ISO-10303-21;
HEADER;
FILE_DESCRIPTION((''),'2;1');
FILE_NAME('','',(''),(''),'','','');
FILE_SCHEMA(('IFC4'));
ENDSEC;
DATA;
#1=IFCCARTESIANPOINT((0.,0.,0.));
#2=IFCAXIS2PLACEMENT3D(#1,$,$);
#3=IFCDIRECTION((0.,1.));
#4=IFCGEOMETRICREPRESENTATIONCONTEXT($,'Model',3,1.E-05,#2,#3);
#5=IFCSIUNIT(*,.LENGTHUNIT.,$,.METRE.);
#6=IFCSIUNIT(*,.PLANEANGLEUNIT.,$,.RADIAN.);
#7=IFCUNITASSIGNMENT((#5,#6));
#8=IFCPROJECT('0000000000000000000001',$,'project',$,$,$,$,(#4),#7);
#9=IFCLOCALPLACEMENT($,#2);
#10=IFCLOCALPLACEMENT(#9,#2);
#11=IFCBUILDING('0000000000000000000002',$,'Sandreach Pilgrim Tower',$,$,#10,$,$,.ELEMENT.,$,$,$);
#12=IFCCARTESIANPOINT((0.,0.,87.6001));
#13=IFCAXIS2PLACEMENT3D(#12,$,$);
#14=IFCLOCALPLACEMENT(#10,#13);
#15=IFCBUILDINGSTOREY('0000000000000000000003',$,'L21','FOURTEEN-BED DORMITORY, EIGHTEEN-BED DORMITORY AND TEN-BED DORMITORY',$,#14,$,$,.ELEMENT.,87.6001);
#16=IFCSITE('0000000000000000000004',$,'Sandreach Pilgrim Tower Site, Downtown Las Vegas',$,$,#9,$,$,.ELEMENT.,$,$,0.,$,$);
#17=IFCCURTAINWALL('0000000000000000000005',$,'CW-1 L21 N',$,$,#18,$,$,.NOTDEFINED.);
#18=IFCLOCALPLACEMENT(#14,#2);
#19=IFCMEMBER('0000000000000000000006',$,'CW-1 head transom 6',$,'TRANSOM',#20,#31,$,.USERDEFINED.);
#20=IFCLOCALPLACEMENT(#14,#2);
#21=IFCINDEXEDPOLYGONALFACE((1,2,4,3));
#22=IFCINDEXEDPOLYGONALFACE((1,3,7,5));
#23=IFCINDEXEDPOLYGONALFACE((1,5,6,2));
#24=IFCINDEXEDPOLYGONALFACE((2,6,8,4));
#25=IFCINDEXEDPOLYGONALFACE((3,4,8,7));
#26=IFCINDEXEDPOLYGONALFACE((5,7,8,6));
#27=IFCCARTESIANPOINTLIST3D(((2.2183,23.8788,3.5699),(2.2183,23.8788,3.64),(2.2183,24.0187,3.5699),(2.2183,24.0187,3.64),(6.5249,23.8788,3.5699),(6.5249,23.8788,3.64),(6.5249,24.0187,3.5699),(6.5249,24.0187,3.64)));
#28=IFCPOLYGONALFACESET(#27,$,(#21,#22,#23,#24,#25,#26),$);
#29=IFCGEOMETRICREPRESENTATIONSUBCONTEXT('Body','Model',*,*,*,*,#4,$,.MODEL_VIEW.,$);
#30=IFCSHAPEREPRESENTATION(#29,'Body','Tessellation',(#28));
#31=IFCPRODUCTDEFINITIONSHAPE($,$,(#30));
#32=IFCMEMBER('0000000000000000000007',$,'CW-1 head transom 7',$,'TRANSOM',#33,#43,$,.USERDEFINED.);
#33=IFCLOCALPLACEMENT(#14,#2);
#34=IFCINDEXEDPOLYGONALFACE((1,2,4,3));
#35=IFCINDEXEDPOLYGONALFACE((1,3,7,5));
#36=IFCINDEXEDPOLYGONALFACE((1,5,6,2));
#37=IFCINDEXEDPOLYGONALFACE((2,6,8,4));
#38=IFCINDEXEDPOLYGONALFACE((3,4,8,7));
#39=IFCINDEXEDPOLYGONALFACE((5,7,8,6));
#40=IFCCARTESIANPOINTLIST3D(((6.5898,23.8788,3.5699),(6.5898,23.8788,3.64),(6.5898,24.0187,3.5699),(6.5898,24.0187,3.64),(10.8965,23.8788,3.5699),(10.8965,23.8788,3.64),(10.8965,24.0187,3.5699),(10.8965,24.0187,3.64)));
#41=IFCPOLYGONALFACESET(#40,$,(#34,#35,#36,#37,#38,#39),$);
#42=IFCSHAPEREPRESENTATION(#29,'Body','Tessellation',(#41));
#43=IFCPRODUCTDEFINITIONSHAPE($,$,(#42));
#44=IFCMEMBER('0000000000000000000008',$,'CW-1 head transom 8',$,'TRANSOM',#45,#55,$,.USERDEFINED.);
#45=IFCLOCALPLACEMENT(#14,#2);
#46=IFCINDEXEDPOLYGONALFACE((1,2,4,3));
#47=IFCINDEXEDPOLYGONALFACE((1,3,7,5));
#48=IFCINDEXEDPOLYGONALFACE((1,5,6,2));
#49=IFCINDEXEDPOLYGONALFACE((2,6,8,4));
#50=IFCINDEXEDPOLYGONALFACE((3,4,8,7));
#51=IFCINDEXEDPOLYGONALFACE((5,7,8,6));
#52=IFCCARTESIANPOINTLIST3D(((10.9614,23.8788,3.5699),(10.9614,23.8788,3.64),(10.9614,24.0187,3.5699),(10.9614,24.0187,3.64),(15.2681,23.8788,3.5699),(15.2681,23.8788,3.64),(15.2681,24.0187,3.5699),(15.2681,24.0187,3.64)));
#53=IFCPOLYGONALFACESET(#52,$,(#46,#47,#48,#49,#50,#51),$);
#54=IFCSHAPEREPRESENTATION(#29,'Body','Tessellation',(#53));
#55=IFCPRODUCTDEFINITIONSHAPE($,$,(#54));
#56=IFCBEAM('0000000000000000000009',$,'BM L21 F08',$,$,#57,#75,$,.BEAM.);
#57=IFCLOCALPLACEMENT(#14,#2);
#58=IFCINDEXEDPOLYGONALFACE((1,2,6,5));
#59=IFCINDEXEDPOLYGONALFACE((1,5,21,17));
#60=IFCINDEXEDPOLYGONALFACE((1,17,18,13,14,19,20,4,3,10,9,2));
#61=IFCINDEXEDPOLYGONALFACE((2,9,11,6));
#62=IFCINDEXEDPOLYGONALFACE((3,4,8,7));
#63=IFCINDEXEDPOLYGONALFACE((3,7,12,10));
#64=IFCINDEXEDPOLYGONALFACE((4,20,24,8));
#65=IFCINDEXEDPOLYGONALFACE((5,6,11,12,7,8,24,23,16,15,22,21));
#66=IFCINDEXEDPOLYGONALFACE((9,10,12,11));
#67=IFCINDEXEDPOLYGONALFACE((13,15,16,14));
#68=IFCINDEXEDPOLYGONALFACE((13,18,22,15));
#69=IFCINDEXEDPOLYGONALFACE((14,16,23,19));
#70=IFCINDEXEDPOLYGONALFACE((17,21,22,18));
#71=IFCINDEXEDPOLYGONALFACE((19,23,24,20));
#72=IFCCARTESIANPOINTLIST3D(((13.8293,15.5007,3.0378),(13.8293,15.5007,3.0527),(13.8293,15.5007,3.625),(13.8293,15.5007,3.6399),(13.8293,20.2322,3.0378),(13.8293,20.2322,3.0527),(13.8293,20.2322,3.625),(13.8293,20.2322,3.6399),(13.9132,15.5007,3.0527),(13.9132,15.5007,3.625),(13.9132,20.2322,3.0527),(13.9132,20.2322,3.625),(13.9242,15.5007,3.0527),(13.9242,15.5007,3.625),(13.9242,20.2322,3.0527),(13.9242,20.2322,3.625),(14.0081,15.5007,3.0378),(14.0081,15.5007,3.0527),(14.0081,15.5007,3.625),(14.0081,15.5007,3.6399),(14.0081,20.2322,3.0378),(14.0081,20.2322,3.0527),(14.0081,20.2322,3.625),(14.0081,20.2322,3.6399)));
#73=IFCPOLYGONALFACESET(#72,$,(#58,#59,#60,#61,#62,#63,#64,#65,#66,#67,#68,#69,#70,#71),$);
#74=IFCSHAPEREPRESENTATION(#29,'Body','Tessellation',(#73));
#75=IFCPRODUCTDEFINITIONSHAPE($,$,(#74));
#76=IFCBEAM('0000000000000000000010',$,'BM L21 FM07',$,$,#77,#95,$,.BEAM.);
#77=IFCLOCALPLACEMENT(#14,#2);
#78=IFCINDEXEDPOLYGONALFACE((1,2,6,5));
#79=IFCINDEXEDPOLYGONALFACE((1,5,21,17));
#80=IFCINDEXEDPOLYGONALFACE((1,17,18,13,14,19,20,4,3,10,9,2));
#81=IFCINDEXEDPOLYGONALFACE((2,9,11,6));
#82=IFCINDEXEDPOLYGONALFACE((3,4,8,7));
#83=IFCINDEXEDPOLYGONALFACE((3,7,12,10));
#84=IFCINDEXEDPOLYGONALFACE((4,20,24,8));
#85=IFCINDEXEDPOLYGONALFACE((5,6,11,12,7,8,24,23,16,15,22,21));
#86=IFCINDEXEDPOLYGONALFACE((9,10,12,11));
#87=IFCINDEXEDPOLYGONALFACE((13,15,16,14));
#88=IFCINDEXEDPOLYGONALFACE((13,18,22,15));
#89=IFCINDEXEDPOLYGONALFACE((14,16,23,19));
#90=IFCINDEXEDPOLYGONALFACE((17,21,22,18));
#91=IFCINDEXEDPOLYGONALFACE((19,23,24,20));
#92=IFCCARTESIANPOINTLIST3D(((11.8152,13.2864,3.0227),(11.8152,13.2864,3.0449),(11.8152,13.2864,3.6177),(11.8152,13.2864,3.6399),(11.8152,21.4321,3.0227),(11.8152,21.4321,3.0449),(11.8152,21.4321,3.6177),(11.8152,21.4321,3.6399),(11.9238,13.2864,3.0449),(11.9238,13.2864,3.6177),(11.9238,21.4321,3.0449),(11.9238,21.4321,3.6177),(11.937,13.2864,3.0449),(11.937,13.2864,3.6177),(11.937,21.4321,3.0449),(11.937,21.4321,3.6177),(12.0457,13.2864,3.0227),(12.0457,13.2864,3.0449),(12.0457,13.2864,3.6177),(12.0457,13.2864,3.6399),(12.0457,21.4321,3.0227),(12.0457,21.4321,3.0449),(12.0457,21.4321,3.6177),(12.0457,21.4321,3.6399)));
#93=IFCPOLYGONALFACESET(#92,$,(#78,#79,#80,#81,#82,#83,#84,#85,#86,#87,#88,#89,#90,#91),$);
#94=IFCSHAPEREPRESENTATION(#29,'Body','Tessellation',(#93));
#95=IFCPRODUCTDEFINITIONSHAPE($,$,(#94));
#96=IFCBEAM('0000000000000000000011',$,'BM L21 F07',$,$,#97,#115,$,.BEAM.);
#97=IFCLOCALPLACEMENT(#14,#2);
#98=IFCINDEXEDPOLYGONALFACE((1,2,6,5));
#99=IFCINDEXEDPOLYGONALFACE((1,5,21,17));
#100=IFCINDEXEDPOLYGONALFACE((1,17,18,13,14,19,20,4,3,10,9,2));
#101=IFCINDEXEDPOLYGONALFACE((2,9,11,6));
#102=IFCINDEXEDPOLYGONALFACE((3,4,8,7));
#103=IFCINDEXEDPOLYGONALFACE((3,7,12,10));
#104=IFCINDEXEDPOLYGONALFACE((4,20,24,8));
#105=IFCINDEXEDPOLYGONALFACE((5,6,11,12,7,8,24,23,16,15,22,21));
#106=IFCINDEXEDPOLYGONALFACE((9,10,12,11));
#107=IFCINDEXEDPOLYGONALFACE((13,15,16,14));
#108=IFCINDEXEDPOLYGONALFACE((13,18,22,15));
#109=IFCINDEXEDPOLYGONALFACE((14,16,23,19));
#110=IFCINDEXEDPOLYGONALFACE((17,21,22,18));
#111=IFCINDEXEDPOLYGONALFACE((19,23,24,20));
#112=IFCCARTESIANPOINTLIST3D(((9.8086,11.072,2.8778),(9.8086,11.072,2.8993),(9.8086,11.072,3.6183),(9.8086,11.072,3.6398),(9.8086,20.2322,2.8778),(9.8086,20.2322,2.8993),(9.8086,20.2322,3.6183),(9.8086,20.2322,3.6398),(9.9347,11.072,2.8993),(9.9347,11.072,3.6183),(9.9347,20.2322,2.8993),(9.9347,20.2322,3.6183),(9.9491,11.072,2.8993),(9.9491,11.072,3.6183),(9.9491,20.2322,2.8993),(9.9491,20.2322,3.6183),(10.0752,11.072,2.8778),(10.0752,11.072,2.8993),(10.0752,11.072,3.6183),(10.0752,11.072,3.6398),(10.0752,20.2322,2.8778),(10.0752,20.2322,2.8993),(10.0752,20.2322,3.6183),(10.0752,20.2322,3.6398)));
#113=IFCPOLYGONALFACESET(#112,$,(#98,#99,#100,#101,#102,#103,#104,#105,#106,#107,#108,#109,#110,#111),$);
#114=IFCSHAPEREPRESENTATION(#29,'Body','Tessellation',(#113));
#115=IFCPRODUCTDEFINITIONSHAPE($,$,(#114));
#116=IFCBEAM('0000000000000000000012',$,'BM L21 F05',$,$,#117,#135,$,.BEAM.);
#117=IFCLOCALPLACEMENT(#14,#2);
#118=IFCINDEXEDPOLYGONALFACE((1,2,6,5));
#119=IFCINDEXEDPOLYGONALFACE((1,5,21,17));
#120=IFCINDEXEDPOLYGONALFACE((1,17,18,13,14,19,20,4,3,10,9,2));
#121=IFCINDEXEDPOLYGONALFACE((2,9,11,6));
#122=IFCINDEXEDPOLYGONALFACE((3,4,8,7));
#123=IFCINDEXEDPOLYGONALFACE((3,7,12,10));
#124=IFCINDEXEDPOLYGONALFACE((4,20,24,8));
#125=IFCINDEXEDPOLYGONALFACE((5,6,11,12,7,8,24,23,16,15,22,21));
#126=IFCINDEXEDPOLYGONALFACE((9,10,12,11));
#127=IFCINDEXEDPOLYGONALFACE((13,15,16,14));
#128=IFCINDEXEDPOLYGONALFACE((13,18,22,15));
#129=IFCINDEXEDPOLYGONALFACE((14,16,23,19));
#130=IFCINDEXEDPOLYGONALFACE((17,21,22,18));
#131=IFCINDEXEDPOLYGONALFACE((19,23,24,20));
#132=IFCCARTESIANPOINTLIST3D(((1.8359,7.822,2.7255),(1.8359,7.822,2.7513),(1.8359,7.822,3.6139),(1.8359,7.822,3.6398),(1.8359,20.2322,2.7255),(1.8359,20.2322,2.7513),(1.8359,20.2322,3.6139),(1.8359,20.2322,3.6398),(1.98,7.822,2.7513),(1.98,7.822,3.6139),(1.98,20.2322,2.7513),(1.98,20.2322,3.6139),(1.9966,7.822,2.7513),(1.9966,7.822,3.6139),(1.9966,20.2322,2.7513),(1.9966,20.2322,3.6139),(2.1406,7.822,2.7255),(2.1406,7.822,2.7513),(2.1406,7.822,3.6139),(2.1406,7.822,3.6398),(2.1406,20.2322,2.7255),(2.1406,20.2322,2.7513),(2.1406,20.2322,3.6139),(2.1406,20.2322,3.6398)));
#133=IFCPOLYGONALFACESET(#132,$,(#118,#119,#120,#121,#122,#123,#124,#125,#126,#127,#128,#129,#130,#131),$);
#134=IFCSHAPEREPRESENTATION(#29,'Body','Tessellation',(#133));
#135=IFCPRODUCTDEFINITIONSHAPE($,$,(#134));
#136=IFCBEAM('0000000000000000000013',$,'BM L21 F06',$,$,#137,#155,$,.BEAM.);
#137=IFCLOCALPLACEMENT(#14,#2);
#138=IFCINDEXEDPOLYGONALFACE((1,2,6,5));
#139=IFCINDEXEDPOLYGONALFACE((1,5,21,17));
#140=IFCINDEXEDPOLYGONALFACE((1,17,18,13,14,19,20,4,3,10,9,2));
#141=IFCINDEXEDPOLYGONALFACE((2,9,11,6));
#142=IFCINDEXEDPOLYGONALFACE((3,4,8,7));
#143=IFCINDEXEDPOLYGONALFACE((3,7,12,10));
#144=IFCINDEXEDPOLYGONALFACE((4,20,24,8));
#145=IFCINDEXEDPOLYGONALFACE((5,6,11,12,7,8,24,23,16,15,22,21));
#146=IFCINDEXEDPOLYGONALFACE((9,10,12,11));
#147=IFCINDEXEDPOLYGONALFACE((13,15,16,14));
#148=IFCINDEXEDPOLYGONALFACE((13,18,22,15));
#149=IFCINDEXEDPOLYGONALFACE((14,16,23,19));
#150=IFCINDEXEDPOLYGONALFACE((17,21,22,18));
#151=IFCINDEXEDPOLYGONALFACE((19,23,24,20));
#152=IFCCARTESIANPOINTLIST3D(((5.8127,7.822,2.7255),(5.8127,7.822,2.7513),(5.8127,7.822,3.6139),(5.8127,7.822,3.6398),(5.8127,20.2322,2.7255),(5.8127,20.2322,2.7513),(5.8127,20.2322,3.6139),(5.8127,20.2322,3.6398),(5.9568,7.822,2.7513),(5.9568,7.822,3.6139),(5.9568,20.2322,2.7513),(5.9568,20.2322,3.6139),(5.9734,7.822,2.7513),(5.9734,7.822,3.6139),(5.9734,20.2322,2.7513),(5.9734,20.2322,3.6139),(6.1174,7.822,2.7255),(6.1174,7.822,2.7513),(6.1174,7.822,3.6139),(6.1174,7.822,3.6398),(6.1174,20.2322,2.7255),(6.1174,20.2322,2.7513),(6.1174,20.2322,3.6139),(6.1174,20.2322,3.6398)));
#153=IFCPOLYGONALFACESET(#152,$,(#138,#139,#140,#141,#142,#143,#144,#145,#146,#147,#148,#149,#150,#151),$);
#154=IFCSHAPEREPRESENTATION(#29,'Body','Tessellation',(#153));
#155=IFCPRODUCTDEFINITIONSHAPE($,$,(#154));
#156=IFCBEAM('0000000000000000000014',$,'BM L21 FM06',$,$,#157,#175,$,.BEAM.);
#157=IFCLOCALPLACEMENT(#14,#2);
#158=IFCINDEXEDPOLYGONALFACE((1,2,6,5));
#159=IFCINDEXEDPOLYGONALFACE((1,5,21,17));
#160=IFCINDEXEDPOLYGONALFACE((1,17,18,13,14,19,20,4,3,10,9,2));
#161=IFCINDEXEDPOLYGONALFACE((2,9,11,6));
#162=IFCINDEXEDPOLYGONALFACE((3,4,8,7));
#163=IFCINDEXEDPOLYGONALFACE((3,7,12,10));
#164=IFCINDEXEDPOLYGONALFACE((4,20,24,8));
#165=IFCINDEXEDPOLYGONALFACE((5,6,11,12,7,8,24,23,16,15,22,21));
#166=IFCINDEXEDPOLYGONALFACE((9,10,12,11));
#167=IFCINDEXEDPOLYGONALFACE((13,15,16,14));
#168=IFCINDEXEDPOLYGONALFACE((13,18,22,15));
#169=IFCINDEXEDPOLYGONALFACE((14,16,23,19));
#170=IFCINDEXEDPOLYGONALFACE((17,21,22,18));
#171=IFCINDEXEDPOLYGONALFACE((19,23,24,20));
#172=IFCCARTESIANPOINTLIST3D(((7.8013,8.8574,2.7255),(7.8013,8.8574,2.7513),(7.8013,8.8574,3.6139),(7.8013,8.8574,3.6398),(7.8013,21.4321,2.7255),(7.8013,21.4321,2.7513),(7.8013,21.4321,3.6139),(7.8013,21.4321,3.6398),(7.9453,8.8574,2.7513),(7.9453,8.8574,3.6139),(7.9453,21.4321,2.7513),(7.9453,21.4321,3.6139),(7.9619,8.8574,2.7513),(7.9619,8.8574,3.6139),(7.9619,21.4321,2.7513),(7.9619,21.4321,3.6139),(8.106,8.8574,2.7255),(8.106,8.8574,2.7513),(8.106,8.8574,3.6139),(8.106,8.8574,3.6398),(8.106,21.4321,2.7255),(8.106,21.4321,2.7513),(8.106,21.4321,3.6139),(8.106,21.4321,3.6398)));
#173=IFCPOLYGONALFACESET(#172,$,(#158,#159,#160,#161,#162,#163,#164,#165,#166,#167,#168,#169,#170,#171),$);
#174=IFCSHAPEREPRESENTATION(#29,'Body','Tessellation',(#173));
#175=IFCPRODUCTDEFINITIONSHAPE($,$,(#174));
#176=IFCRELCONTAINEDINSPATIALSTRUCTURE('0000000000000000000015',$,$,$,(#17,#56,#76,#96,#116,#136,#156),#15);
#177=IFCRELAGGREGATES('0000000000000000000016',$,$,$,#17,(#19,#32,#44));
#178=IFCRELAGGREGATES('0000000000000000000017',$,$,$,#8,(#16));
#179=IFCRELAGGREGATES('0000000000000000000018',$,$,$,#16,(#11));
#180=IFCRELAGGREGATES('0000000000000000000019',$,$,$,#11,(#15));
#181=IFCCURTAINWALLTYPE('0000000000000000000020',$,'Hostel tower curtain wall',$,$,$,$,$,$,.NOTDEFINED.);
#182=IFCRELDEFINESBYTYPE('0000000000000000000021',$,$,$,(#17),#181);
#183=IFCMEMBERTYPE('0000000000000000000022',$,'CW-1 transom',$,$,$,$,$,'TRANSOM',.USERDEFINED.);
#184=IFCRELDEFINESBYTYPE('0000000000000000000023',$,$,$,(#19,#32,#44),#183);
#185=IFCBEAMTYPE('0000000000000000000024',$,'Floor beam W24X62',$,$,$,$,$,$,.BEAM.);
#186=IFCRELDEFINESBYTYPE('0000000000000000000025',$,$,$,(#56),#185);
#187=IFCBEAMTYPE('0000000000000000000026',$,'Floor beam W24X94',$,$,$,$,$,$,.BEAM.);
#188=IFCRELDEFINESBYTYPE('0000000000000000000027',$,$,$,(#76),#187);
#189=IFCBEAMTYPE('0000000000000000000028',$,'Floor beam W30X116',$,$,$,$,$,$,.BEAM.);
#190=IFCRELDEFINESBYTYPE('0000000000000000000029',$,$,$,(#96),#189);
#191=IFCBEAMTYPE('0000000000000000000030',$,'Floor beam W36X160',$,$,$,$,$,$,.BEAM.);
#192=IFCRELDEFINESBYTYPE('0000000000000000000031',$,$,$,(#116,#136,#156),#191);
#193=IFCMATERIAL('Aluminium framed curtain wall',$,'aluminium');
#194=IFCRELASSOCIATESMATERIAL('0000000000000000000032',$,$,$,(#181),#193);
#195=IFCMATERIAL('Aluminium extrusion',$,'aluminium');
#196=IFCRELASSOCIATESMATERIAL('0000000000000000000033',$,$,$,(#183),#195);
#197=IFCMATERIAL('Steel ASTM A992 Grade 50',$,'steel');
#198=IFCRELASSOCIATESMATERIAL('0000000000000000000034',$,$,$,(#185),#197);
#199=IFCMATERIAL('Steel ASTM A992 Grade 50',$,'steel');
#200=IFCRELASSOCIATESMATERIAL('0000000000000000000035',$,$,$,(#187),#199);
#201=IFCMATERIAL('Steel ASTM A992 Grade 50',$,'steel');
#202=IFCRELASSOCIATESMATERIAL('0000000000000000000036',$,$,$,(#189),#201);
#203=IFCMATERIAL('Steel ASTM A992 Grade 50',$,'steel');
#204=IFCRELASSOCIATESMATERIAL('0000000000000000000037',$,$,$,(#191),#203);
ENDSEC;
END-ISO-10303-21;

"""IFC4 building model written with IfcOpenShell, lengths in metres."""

from ifc_helpers import new_model, si_unit, direction, frame, origin, origin_2d, place, context, subcontext, project, spatial, rectangle, i_section, extrude, material, material_profile, profile_set, type_object, element, aggregate, save


model = new_model("IFC4")

# Units and contexts
model_context = context("Model", 3, precision=1e-05, world=origin(), true_north=direction((0.0, 1.0)))
body_context = subcontext(model_context, "Body", "Model", "MODEL_VIEW")
ifc_project = project(units=[si_unit("LENGTHUNIT", "METRE"), si_unit("PLANEANGLEUNIT", "RADIAN")], contexts=[model_context])

# Site, building, storey
site_placement = place(None, origin())
site = spatial("IfcSite", under=ifc_project, at=site_placement, Name="Sandreach Pilgrim Tower Site, Downtown Las Vegas", CompositionType="ELEMENT", RefElevation=0.0)
building_placement = place(site_placement, origin())
building = spatial("IfcBuilding", under=site, at=building_placement, Name="Sandreach Pilgrim Tower", CompositionType="ELEMENT")
storey_placement = place(building_placement, frame((0.0, 0.0, 87.6001)))
storey = spatial("IfcBuildingStorey", under=building, at=storey_placement, Name="L21", Description="FOURTEEN-BED DORMITORY, EIGHTEEN-BED DORMITORY AND TEN-BED DORMITORY", CompositionType="ELEMENT", Elevation=87.6001)

# Curtain wall, members
ifc_material_1 = material(Name="Aluminium framed curtain wall", Category="aluminium")
curtain_wall_type = type_object("IfcCurtainWallType", Name="Hostel tower curtain wall", PredefinedType="NOTDEFINED", material=ifc_material_1)
curtain_wall_placement = place(storey_placement, origin())
curtain_wall = element("IfcCurtainWall", 1, at=curtain_wall_placement, inside=storey, type_object=curtain_wall_type, Name="CW-1 L21 N", PredefinedType="NOTDEFINED")
ifc_material_2 = material(Name="Aluminium extrusion", Category="aluminium")
ifc_material_profile_1 = material_profile(ifc_material_2, rectangle(XDim=0.1399, YDim=0.0701, at=origin_2d()), Name="CW-1T 140X70")
ifc_profile_set_1 = profile_set([ifc_material_profile_1], Name="Aluminium extrusion")
member_type_1 = type_object("IfcMemberType", Name="CW-1 transom", ElementType="TRANSOM", PredefinedType="USERDEFINED", material=ifc_profile_set_1)
member_1_placement = place(storey_placement, frame((2.2183, 23.9487, 3.605), z_axis=(1.0, 0.0, 0.0), x_axis=(0.0, 1.0, 0.0)))
member_1 = element("IfcMember", 2, at=member_1_placement, type_object=member_type_1, Name="CW-1 head transom 6", ObjectType="TRANSOM", PredefinedType="USERDEFINED", context=body_context, shape_type="SweptSolid", body=[
    extrude(rectangle(XDim=0.1399, YDim=0.0701, at=origin_2d()), origin(), (0.0, 0.0, 1.0), 4.3066),
])
member_2_placement = place(storey_placement, frame((6.5898, 23.9487, 3.605), z_axis=(1.0, 0.0, 0.0), x_axis=(0.0, 1.0, 0.0)))
member_2 = element("IfcMember", 3, at=member_2_placement, type_object=member_type_1, Name="CW-1 head transom 7", ObjectType="TRANSOM", PredefinedType="USERDEFINED", context=body_context, shape_type="SweptSolid", body=[
    extrude(rectangle(XDim=0.1399, YDim=0.0701, at=origin_2d()), origin(), (0.0, 0.0, 1.0), 4.3066),
])
member_3_placement = place(storey_placement, frame((10.9614, 23.9487, 3.605), z_axis=(1.0, 0.0, 0.0), x_axis=(0.0, 1.0, 0.0)))
member_3 = element("IfcMember", 4, at=member_3_placement, type_object=member_type_1, Name="CW-1 head transom 8", ObjectType="TRANSOM", PredefinedType="USERDEFINED", context=body_context, shape_type="SweptSolid", body=[
    extrude(rectangle(XDim=0.1399, YDim=0.0701, at=origin_2d()), origin(), (0.0, 0.0, 1.0), 4.3066),
])

# Beams
ifc_material_3 = material(Name="Steel ASTM A992 Grade 50", Category="steel")
ifc_material_profile_2 = material_profile(ifc_material_3, i_section(OverallWidth=0.1787, OverallDepth=0.6021, WebThickness=0.011, FlangeThickness=0.0149, at=origin_2d()), Name="W24X62")
ifc_profile_set_2 = profile_set([ifc_material_profile_2], Name="Steel ASTM A992 Grade 50")
beam_type_1 = type_object("IfcBeamType", Name="Floor beam W24X62", PredefinedType="BEAM", material=ifc_profile_set_2)
beam_1_placement = place(storey_placement, frame((13.9187, 20.2322, 3.3389), z_axis=(0.0, -1.0, 0.0), x_axis=(1.0, 0.0, 0.0)))
element("IfcBeam", 5, at=beam_1_placement, inside=storey, type_object=beam_type_1, Name="BM L21 F08", PredefinedType="BEAM", context=body_context, shape_type="SweptSolid", body=[
    extrude(i_section(OverallWidth=0.1787, OverallDepth=0.6021, WebThickness=0.011, FlangeThickness=0.0149, at=origin_2d()), origin(), (0.0, 0.0, 1.0), 4.7314),
])
ifc_material_4 = material(Name="Steel ASTM A992 Grade 50", Category="steel")
ifc_material_profile_3 = material_profile(ifc_material_4, i_section(OverallWidth=0.2305, OverallDepth=0.6172, WebThickness=0.0132, FlangeThickness=0.0222, at=origin_2d()), Name="W24X94")
ifc_profile_set_3 = profile_set([ifc_material_profile_3], Name="Steel ASTM A992 Grade 50")
beam_type_2 = type_object("IfcBeamType", Name="Floor beam W24X94", PredefinedType="BEAM", material=ifc_profile_set_3)
beam_2_placement = place(storey_placement, frame((11.9304, 21.4321, 3.3313), z_axis=(0.0, -1.0, 0.0), x_axis=(1.0, 0.0, 0.0)))
element("IfcBeam", 6, at=beam_2_placement, inside=storey, type_object=beam_type_2, Name="BM L21 FM07", PredefinedType="BEAM", context=body_context, shape_type="SweptSolid", body=[
    extrude(i_section(OverallWidth=0.2305, OverallDepth=0.6172, WebThickness=0.0132, FlangeThickness=0.0222, at=origin_2d()), origin(), (0.0, 0.0, 1.0), 8.1458),
])
ifc_material_5 = material(Name="Steel ASTM A992 Grade 50", Category="steel")
ifc_material_profile_4 = material_profile(ifc_material_5, i_section(OverallWidth=0.2666, OverallDepth=0.762, WebThickness=0.0144, FlangeThickness=0.0215, at=origin_2d()), Name="W30X116")
ifc_profile_set_4 = profile_set([ifc_material_profile_4], Name="Steel ASTM A992 Grade 50")
beam_type_3 = type_object("IfcBeamType", Name="Floor beam W30X116", PredefinedType="BEAM", material=ifc_profile_set_4)
beam_3_placement = place(storey_placement, frame((9.9419, 20.2322, 3.2588), z_axis=(0.0, -1.0, 0.0), x_axis=(1.0, 0.0, 0.0)))
element("IfcBeam", 7, at=beam_3_placement, inside=storey, type_object=beam_type_3, Name="BM L21 F07", PredefinedType="BEAM", context=body_context, shape_type="SweptSolid", body=[
    extrude(i_section(OverallWidth=0.2666, OverallDepth=0.762, WebThickness=0.0144, FlangeThickness=0.0215, at=origin_2d()), origin(), (0.0, 0.0, 1.0), 9.1602),
])
ifc_material_6 = material(Name="Steel ASTM A992 Grade 50", Category="steel")
ifc_material_profile_5 = material_profile(ifc_material_6, i_section(OverallWidth=0.3047, OverallDepth=0.9143, WebThickness=0.0166, FlangeThickness=0.0259, at=origin_2d()), Name="W36X160")
ifc_profile_set_5 = profile_set([ifc_material_profile_5], Name="Steel ASTM A992 Grade 50")
beam_type_4 = type_object("IfcBeamType", Name="Floor beam W36X160", PredefinedType="BEAM", material=ifc_profile_set_5)
for number, where, z_axis, x_axis, name in (
    (8, (1.9883, 20.2322, 3.1826), (0.0, -1.0, 0.0), (1.0, 0.0, 0.0), "BM L21 F05"),
    (9, (5.9651, 20.2322, 3.1826), (0.0, -1.0, 0.0), (1.0, 0.0, 0.0), "BM L21 F06"),
):
    element("IfcBeam", number, at=place(storey_placement, frame(where, z_axis=z_axis, x_axis=x_axis)), inside=storey, type_object=beam_type_4, Name=name, PredefinedType="BEAM", context=body_context, shape_type="SweptSolid", body=[
        extrude(i_section(OverallWidth=0.3047, OverallDepth=0.9143, WebThickness=0.0166, FlangeThickness=0.0259, at=origin_2d()), origin(), (0.0, 0.0, 1.0), 12.4102),
    ])
beam_4_placement = place(storey_placement, frame((7.9536, 21.4321, 3.1826), z_axis=(0.0, -1.0, 0.0), x_axis=(1.0, 0.0, 0.0)))
element("IfcBeam", 10, at=beam_4_placement, inside=storey, type_object=beam_type_4, Name="BM L21 FM06", PredefinedType="BEAM", context=body_context, shape_type="SweptSolid", body=[
    extrude(i_section(OverallWidth=0.3047, OverallDepth=0.9143, WebThickness=0.0166, FlangeThickness=0.0259, at=origin_2d()), origin(), (0.0, 0.0, 1.0), 12.5747),
])

aggregate(curtain_wall, [member_1, member_2, member_3])

save(model, "model.ifc")
